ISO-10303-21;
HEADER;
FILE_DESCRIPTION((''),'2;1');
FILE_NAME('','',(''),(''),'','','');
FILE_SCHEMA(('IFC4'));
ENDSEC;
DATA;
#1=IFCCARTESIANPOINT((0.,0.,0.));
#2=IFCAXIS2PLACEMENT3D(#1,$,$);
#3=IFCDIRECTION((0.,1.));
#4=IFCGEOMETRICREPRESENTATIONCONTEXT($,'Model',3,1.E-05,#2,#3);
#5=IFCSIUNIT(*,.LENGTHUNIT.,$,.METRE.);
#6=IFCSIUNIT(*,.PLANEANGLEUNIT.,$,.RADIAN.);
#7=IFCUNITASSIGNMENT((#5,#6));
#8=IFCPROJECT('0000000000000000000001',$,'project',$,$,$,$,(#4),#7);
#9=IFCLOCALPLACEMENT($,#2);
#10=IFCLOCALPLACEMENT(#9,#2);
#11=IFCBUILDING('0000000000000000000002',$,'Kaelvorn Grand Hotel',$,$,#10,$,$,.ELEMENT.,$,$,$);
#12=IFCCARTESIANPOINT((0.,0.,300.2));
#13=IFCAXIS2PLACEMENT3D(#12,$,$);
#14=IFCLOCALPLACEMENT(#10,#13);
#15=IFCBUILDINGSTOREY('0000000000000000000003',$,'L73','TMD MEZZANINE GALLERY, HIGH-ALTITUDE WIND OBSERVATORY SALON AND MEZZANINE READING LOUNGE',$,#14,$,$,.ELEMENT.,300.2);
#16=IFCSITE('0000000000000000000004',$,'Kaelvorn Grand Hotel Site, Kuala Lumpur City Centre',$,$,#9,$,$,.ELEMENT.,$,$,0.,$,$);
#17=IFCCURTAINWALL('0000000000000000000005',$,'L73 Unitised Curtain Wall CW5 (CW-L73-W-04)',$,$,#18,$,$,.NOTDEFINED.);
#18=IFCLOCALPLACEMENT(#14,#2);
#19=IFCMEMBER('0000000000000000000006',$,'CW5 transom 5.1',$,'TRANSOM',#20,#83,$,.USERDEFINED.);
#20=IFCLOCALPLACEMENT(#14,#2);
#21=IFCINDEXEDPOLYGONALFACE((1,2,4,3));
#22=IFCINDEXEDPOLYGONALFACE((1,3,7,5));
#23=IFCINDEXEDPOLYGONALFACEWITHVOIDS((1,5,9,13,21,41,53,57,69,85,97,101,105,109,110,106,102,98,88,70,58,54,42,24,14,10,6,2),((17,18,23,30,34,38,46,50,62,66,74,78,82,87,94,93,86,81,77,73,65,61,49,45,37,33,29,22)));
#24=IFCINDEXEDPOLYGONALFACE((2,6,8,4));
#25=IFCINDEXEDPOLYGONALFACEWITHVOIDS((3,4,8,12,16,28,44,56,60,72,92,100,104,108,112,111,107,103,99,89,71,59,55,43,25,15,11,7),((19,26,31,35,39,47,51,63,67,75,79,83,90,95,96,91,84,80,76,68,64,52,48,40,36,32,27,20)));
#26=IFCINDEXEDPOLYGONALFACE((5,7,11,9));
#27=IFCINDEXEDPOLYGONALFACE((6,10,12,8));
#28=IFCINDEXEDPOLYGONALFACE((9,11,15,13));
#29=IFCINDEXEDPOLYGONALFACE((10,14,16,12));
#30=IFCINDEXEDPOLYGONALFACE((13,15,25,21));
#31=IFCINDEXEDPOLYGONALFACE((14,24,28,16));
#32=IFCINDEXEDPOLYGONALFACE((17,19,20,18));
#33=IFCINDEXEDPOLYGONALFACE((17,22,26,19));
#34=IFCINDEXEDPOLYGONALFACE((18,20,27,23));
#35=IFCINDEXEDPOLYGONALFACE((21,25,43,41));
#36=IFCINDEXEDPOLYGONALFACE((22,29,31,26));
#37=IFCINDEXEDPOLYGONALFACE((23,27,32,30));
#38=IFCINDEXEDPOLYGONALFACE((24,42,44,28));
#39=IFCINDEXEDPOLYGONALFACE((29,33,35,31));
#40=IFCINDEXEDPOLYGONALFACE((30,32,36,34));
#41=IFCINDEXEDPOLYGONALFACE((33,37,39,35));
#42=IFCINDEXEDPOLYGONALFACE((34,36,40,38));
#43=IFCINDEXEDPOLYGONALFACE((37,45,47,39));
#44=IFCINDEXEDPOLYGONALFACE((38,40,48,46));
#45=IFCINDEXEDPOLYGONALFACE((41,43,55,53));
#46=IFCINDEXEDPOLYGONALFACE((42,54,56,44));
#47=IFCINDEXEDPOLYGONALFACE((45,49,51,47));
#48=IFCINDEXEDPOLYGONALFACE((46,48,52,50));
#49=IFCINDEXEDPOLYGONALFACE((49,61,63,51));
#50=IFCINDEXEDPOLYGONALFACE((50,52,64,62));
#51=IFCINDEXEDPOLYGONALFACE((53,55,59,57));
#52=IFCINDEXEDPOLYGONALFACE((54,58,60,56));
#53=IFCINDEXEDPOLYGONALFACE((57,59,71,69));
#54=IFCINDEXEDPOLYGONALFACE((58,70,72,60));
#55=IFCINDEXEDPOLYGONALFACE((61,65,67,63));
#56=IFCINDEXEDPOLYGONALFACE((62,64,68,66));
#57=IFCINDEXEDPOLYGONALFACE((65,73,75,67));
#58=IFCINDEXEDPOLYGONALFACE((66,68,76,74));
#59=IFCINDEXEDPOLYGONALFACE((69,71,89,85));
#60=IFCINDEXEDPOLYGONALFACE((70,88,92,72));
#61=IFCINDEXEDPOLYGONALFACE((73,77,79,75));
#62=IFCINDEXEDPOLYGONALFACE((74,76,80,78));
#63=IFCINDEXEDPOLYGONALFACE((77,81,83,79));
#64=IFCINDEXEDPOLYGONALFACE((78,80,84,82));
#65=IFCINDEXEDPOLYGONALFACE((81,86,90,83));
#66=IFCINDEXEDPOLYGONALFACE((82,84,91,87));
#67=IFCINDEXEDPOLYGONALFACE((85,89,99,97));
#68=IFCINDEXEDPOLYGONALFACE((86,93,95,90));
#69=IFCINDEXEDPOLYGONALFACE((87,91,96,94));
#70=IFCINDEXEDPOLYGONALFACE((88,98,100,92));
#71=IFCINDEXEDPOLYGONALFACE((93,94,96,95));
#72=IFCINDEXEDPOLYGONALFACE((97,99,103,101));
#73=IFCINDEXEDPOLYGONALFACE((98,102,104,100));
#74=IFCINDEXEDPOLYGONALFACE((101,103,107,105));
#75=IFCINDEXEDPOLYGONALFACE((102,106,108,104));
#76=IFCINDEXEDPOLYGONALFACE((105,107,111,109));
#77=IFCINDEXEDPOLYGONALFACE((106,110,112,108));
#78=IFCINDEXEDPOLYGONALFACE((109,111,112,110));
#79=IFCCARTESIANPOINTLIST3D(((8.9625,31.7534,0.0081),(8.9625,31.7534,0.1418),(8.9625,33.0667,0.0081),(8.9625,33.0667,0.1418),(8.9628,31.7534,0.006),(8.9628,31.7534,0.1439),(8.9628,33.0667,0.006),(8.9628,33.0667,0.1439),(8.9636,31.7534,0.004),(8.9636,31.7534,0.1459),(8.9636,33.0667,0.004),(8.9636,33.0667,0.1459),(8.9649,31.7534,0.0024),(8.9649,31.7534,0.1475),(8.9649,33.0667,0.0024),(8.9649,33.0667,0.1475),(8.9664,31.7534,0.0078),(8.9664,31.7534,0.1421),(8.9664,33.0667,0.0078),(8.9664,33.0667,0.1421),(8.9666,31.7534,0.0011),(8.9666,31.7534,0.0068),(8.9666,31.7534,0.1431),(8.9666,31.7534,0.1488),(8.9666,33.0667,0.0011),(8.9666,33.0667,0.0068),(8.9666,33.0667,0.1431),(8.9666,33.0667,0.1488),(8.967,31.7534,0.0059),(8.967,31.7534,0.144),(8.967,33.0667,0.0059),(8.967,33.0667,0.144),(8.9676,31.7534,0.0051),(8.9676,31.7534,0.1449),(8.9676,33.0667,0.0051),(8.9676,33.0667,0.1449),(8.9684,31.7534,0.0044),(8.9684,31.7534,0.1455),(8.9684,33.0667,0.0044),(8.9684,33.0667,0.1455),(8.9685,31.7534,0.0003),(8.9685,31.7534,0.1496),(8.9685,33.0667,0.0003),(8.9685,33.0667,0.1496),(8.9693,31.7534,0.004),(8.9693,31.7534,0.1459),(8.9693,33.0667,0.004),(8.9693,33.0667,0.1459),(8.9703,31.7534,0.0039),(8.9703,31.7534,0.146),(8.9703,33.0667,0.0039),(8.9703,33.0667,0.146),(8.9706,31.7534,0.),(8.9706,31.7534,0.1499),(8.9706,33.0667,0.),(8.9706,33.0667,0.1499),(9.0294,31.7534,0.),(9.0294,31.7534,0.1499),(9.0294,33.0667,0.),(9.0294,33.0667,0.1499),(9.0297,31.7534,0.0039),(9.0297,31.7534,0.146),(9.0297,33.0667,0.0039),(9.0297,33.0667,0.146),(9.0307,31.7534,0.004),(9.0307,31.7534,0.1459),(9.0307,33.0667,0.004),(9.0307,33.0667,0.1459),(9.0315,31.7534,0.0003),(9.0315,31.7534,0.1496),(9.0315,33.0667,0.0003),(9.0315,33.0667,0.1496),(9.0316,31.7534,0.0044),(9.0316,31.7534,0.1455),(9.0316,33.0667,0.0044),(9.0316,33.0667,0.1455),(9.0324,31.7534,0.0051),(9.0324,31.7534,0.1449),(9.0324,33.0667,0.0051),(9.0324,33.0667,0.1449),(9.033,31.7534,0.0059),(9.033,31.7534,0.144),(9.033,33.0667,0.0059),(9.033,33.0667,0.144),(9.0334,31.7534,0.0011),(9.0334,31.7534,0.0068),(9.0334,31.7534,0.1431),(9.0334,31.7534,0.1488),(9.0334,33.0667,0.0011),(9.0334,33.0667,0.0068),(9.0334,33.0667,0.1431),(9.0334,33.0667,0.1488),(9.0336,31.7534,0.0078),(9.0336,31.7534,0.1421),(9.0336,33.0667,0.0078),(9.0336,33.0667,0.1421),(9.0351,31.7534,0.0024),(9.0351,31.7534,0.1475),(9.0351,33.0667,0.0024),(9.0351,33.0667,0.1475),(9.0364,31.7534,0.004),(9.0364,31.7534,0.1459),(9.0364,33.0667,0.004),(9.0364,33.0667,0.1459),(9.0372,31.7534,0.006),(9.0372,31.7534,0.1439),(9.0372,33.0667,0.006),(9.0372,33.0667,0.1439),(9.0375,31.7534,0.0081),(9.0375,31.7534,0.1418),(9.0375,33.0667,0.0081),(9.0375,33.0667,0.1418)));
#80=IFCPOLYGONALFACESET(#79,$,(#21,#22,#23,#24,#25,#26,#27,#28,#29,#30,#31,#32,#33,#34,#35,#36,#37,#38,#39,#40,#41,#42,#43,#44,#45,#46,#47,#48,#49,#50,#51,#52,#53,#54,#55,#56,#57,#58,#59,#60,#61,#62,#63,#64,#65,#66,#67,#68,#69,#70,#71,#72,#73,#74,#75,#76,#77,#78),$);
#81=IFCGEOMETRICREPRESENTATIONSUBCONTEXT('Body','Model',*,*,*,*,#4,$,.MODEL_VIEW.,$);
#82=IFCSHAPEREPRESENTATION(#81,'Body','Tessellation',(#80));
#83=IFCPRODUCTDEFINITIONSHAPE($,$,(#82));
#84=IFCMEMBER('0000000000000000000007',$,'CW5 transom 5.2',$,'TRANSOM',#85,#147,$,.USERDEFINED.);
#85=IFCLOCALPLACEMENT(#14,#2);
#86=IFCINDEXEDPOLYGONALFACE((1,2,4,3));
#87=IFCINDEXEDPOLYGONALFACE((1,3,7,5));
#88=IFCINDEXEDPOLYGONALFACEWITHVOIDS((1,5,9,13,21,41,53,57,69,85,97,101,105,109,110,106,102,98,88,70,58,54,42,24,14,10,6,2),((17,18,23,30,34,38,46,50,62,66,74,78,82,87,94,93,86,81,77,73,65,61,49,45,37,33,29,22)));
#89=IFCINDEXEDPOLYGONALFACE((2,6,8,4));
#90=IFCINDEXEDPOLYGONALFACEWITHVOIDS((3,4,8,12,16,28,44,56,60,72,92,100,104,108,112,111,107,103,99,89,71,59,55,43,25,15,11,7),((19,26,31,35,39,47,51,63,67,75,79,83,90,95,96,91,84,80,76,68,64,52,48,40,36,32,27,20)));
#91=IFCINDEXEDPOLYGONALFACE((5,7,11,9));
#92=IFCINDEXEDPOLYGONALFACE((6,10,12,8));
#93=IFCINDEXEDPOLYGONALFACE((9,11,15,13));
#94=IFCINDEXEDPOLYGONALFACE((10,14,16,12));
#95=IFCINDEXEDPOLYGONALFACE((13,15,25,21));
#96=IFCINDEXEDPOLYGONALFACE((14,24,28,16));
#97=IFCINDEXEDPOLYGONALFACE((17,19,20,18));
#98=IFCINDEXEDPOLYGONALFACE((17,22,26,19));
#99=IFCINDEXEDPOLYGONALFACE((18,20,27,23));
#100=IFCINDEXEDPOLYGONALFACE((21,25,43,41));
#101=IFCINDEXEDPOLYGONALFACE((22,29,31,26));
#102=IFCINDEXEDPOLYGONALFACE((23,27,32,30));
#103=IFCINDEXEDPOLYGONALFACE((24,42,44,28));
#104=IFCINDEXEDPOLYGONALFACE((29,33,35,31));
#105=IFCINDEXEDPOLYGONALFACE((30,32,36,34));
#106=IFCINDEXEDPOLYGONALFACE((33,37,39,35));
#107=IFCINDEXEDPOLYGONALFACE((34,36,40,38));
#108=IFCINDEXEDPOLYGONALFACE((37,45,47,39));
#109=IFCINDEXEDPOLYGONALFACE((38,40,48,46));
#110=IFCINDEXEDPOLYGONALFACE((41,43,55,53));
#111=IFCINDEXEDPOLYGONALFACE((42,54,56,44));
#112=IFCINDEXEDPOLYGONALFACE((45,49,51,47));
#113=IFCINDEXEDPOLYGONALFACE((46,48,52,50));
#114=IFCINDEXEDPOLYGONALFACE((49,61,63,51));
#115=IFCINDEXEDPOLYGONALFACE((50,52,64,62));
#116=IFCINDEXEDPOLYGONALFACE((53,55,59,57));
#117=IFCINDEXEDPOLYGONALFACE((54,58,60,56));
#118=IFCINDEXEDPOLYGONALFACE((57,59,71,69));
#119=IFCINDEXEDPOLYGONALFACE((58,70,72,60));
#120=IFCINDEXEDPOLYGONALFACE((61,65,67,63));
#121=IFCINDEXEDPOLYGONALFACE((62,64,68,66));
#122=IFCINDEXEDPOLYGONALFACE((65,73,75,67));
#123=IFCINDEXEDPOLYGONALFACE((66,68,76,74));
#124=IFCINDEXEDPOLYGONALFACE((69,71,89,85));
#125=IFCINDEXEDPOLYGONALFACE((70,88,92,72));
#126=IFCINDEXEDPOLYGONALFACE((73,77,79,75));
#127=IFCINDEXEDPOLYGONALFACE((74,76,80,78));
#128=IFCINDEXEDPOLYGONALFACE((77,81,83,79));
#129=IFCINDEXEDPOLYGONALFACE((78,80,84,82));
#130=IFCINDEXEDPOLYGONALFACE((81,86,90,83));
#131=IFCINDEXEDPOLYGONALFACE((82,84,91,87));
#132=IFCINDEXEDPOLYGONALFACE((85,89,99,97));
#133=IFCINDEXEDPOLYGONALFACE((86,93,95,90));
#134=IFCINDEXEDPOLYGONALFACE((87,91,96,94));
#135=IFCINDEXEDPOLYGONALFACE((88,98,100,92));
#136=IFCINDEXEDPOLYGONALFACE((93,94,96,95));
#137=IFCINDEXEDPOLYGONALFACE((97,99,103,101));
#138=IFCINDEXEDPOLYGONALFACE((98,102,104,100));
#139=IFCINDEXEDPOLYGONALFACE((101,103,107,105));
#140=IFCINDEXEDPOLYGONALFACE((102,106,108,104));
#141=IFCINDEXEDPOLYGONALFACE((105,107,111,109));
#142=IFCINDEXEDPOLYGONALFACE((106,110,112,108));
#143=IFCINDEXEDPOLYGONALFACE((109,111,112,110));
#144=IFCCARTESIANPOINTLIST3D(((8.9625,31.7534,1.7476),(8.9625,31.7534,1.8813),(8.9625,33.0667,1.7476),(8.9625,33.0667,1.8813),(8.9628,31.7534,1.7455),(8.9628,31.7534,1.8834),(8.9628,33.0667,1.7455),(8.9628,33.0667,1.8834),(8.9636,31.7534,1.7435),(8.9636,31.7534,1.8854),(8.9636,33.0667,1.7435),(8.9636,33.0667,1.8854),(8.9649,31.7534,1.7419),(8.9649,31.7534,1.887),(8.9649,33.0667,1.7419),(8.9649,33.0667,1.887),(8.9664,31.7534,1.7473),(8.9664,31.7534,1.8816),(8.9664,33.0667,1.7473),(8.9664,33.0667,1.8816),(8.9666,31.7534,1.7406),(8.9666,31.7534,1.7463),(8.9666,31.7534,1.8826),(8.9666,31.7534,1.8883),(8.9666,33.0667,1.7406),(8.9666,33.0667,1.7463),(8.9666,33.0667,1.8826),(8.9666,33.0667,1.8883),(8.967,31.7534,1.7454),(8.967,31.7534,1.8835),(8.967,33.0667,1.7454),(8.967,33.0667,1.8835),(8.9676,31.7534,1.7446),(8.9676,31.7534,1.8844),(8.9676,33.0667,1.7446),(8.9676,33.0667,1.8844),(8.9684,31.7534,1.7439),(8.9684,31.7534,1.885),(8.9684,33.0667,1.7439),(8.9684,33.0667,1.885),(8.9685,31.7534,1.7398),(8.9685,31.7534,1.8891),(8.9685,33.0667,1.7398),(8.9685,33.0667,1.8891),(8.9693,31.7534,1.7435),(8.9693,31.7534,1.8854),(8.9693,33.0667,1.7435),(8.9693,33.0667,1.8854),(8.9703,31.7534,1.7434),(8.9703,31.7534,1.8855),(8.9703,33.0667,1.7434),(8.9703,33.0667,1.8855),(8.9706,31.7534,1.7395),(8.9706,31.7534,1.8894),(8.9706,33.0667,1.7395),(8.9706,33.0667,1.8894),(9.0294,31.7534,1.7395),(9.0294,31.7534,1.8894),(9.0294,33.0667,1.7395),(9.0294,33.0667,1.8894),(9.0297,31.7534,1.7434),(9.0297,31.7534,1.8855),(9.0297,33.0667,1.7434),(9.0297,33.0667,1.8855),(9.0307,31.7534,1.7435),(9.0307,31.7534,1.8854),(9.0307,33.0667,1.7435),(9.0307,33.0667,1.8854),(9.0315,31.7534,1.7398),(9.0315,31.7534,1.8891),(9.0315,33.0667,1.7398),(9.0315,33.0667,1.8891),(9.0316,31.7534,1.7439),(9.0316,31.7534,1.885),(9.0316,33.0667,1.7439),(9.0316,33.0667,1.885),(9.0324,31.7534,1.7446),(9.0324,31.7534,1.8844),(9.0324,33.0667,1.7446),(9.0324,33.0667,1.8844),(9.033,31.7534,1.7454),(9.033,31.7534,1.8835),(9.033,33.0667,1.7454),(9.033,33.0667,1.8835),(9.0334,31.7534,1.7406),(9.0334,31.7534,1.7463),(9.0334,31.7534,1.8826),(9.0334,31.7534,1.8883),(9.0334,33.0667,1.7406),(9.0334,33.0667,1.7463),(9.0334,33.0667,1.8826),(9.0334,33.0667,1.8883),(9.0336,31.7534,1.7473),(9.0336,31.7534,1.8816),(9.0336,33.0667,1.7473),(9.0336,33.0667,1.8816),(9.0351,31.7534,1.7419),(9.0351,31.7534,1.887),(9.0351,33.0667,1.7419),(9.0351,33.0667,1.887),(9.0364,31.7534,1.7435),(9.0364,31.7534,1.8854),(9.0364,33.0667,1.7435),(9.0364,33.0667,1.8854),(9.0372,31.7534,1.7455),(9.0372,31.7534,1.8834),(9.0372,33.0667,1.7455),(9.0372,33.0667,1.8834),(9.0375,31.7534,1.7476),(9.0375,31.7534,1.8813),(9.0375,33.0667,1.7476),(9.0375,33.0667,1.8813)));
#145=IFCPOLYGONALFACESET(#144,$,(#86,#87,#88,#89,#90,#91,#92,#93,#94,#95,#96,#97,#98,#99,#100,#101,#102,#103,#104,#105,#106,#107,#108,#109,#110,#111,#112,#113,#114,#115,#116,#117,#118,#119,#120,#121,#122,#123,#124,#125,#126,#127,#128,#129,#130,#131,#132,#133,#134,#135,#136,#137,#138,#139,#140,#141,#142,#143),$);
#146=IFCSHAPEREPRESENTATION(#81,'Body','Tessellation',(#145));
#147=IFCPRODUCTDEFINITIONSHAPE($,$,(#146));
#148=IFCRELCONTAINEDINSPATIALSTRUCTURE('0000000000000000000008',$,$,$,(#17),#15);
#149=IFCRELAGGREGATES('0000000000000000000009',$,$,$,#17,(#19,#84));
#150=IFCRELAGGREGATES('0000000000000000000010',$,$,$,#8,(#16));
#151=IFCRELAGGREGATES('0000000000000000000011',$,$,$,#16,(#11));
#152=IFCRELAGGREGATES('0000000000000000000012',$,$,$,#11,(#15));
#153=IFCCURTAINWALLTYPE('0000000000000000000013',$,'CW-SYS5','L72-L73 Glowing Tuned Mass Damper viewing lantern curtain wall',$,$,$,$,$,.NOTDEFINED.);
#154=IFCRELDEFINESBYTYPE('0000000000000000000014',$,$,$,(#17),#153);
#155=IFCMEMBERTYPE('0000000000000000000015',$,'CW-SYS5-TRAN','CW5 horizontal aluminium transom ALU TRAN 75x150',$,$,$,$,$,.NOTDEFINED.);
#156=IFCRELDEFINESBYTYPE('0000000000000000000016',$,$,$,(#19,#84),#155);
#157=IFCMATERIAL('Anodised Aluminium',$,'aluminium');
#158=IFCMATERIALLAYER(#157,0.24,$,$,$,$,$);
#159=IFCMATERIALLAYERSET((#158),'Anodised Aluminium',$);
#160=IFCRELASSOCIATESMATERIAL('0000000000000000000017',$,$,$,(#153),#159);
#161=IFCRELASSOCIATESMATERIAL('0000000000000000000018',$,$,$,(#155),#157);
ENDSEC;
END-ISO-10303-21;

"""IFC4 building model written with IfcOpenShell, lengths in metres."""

from ifc_helpers import new_model, si_unit, direction, frame, origin, origin_2d, place, context, subcontext, project, spatial, hollow_rectangle, extrude, material, layer, layer_set, material_profile, profile_set, type_object, element, aggregate, save


model = new_model("IFC4")

# Units and contexts
model_context = context("Model", 3, precision=1e-05, world=origin(), true_north=direction((0.0, 1.0)))
body_context = subcontext(model_context, "Body", "Model", "MODEL_VIEW")
ifc_project = project(units=[si_unit("LENGTHUNIT", "METRE"), si_unit("PLANEANGLEUNIT", "RADIAN")], contexts=[model_context])

# Site, building, storey
site_placement = place(None, origin())
site = spatial("IfcSite", under=ifc_project, at=site_placement, Name="Kaelvorn Grand Hotel Site, Kuala Lumpur City Centre", CompositionType="ELEMENT", RefElevation=0.0)
building_placement = place(site_placement, origin())
building = spatial("IfcBuilding", under=site, at=building_placement, Name="Kaelvorn Grand Hotel", CompositionType="ELEMENT")
storey_placement = place(building_placement, frame((0.0, 0.0, 300.2)))
storey = spatial("IfcBuildingStorey", under=building, at=storey_placement, Name="L73", Description="TMD MEZZANINE GALLERY, HIGH-ALTITUDE WIND OBSERVATORY SALON AND MEZZANINE READING LOUNGE", CompositionType="ELEMENT", Elevation=300.2)

# Curtain wall, members
ifc_material_1 = material(Name="Anodised Aluminium", Category="aluminium")
ifc_layer_1 = layer(ifc_material_1, 0.24)
ifc_layer_set_1 = layer_set([ifc_layer_1], Name="Anodised Aluminium")
curtain_wall_type = type_object("IfcCurtainWallType", Name="CW-SYS5", Description="L72-L73 Glowing Tuned Mass Damper viewing lantern curtain wall", PredefinedType="NOTDEFINED", material=ifc_layer_set_1)
curtain_wall_placement = place(storey_placement, origin())
curtain_wall = element("IfcCurtainWall", 1, at=curtain_wall_placement, inside=storey, type_object=curtain_wall_type, Name="L73 Unitised Curtain Wall CW5 (CW-L73-W-04)", PredefinedType="NOTDEFINED")
ifc_material_profile_1 = material_profile(ifc_material_1, hollow_rectangle(XDim=0.075, YDim=0.1499, WallThickness=0.0039, InnerFilletRadius=0.0039, OuterFilletRadius=0.0081, at=origin_2d()), Name="ALU TRAN 75x150")
ifc_profile_set_1 = profile_set([ifc_material_profile_1], Name="Anodised Aluminium")
member_type_1 = type_object("IfcMemberType", Name="CW-SYS5-TRAN", Description="CW5 horizontal aluminium transom ALU TRAN 75x150", PredefinedType="NOTDEFINED", material=ifc_profile_set_1)
member_1_placement = place(storey_placement, frame((9.0, 33.0667, 0.075), z_axis=(0.0, -1.0, 0.0), x_axis=(1.0, 0.0, 0.0)))
member_1 = element("IfcMember", 2, at=member_1_placement, type_object=member_type_1, Name="CW5 transom 5.1", ObjectType="TRANSOM", PredefinedType="USERDEFINED", context=body_context, shape_type="SweptSolid", body=[
    extrude(hollow_rectangle(XDim=0.075, YDim=0.1499, WallThickness=0.0039, InnerFilletRadius=0.0039, OuterFilletRadius=0.0081, at=origin_2d()), origin(), (0.0, 0.0, 1.0), 1.3132),
])
member_2_placement = place(storey_placement, frame((9.0, 33.0667, 1.8145), z_axis=(0.0, -1.0, 0.0), x_axis=(1.0, 0.0, 0.0)))
member_2 = element("IfcMember", 3, at=member_2_placement, type_object=member_type_1, Name="CW5 transom 5.2", ObjectType="TRANSOM", PredefinedType="USERDEFINED", context=body_context, shape_type="SweptSolid", body=[
    extrude(hollow_rectangle(XDim=0.075, YDim=0.1499, WallThickness=0.0039, InnerFilletRadius=0.0039, OuterFilletRadius=0.0081, at=origin_2d()), origin(), (0.0, 0.0, 1.0), 1.3132),
])
aggregate(curtain_wall, [member_1, member_2])

save(model, "model.ifc")
